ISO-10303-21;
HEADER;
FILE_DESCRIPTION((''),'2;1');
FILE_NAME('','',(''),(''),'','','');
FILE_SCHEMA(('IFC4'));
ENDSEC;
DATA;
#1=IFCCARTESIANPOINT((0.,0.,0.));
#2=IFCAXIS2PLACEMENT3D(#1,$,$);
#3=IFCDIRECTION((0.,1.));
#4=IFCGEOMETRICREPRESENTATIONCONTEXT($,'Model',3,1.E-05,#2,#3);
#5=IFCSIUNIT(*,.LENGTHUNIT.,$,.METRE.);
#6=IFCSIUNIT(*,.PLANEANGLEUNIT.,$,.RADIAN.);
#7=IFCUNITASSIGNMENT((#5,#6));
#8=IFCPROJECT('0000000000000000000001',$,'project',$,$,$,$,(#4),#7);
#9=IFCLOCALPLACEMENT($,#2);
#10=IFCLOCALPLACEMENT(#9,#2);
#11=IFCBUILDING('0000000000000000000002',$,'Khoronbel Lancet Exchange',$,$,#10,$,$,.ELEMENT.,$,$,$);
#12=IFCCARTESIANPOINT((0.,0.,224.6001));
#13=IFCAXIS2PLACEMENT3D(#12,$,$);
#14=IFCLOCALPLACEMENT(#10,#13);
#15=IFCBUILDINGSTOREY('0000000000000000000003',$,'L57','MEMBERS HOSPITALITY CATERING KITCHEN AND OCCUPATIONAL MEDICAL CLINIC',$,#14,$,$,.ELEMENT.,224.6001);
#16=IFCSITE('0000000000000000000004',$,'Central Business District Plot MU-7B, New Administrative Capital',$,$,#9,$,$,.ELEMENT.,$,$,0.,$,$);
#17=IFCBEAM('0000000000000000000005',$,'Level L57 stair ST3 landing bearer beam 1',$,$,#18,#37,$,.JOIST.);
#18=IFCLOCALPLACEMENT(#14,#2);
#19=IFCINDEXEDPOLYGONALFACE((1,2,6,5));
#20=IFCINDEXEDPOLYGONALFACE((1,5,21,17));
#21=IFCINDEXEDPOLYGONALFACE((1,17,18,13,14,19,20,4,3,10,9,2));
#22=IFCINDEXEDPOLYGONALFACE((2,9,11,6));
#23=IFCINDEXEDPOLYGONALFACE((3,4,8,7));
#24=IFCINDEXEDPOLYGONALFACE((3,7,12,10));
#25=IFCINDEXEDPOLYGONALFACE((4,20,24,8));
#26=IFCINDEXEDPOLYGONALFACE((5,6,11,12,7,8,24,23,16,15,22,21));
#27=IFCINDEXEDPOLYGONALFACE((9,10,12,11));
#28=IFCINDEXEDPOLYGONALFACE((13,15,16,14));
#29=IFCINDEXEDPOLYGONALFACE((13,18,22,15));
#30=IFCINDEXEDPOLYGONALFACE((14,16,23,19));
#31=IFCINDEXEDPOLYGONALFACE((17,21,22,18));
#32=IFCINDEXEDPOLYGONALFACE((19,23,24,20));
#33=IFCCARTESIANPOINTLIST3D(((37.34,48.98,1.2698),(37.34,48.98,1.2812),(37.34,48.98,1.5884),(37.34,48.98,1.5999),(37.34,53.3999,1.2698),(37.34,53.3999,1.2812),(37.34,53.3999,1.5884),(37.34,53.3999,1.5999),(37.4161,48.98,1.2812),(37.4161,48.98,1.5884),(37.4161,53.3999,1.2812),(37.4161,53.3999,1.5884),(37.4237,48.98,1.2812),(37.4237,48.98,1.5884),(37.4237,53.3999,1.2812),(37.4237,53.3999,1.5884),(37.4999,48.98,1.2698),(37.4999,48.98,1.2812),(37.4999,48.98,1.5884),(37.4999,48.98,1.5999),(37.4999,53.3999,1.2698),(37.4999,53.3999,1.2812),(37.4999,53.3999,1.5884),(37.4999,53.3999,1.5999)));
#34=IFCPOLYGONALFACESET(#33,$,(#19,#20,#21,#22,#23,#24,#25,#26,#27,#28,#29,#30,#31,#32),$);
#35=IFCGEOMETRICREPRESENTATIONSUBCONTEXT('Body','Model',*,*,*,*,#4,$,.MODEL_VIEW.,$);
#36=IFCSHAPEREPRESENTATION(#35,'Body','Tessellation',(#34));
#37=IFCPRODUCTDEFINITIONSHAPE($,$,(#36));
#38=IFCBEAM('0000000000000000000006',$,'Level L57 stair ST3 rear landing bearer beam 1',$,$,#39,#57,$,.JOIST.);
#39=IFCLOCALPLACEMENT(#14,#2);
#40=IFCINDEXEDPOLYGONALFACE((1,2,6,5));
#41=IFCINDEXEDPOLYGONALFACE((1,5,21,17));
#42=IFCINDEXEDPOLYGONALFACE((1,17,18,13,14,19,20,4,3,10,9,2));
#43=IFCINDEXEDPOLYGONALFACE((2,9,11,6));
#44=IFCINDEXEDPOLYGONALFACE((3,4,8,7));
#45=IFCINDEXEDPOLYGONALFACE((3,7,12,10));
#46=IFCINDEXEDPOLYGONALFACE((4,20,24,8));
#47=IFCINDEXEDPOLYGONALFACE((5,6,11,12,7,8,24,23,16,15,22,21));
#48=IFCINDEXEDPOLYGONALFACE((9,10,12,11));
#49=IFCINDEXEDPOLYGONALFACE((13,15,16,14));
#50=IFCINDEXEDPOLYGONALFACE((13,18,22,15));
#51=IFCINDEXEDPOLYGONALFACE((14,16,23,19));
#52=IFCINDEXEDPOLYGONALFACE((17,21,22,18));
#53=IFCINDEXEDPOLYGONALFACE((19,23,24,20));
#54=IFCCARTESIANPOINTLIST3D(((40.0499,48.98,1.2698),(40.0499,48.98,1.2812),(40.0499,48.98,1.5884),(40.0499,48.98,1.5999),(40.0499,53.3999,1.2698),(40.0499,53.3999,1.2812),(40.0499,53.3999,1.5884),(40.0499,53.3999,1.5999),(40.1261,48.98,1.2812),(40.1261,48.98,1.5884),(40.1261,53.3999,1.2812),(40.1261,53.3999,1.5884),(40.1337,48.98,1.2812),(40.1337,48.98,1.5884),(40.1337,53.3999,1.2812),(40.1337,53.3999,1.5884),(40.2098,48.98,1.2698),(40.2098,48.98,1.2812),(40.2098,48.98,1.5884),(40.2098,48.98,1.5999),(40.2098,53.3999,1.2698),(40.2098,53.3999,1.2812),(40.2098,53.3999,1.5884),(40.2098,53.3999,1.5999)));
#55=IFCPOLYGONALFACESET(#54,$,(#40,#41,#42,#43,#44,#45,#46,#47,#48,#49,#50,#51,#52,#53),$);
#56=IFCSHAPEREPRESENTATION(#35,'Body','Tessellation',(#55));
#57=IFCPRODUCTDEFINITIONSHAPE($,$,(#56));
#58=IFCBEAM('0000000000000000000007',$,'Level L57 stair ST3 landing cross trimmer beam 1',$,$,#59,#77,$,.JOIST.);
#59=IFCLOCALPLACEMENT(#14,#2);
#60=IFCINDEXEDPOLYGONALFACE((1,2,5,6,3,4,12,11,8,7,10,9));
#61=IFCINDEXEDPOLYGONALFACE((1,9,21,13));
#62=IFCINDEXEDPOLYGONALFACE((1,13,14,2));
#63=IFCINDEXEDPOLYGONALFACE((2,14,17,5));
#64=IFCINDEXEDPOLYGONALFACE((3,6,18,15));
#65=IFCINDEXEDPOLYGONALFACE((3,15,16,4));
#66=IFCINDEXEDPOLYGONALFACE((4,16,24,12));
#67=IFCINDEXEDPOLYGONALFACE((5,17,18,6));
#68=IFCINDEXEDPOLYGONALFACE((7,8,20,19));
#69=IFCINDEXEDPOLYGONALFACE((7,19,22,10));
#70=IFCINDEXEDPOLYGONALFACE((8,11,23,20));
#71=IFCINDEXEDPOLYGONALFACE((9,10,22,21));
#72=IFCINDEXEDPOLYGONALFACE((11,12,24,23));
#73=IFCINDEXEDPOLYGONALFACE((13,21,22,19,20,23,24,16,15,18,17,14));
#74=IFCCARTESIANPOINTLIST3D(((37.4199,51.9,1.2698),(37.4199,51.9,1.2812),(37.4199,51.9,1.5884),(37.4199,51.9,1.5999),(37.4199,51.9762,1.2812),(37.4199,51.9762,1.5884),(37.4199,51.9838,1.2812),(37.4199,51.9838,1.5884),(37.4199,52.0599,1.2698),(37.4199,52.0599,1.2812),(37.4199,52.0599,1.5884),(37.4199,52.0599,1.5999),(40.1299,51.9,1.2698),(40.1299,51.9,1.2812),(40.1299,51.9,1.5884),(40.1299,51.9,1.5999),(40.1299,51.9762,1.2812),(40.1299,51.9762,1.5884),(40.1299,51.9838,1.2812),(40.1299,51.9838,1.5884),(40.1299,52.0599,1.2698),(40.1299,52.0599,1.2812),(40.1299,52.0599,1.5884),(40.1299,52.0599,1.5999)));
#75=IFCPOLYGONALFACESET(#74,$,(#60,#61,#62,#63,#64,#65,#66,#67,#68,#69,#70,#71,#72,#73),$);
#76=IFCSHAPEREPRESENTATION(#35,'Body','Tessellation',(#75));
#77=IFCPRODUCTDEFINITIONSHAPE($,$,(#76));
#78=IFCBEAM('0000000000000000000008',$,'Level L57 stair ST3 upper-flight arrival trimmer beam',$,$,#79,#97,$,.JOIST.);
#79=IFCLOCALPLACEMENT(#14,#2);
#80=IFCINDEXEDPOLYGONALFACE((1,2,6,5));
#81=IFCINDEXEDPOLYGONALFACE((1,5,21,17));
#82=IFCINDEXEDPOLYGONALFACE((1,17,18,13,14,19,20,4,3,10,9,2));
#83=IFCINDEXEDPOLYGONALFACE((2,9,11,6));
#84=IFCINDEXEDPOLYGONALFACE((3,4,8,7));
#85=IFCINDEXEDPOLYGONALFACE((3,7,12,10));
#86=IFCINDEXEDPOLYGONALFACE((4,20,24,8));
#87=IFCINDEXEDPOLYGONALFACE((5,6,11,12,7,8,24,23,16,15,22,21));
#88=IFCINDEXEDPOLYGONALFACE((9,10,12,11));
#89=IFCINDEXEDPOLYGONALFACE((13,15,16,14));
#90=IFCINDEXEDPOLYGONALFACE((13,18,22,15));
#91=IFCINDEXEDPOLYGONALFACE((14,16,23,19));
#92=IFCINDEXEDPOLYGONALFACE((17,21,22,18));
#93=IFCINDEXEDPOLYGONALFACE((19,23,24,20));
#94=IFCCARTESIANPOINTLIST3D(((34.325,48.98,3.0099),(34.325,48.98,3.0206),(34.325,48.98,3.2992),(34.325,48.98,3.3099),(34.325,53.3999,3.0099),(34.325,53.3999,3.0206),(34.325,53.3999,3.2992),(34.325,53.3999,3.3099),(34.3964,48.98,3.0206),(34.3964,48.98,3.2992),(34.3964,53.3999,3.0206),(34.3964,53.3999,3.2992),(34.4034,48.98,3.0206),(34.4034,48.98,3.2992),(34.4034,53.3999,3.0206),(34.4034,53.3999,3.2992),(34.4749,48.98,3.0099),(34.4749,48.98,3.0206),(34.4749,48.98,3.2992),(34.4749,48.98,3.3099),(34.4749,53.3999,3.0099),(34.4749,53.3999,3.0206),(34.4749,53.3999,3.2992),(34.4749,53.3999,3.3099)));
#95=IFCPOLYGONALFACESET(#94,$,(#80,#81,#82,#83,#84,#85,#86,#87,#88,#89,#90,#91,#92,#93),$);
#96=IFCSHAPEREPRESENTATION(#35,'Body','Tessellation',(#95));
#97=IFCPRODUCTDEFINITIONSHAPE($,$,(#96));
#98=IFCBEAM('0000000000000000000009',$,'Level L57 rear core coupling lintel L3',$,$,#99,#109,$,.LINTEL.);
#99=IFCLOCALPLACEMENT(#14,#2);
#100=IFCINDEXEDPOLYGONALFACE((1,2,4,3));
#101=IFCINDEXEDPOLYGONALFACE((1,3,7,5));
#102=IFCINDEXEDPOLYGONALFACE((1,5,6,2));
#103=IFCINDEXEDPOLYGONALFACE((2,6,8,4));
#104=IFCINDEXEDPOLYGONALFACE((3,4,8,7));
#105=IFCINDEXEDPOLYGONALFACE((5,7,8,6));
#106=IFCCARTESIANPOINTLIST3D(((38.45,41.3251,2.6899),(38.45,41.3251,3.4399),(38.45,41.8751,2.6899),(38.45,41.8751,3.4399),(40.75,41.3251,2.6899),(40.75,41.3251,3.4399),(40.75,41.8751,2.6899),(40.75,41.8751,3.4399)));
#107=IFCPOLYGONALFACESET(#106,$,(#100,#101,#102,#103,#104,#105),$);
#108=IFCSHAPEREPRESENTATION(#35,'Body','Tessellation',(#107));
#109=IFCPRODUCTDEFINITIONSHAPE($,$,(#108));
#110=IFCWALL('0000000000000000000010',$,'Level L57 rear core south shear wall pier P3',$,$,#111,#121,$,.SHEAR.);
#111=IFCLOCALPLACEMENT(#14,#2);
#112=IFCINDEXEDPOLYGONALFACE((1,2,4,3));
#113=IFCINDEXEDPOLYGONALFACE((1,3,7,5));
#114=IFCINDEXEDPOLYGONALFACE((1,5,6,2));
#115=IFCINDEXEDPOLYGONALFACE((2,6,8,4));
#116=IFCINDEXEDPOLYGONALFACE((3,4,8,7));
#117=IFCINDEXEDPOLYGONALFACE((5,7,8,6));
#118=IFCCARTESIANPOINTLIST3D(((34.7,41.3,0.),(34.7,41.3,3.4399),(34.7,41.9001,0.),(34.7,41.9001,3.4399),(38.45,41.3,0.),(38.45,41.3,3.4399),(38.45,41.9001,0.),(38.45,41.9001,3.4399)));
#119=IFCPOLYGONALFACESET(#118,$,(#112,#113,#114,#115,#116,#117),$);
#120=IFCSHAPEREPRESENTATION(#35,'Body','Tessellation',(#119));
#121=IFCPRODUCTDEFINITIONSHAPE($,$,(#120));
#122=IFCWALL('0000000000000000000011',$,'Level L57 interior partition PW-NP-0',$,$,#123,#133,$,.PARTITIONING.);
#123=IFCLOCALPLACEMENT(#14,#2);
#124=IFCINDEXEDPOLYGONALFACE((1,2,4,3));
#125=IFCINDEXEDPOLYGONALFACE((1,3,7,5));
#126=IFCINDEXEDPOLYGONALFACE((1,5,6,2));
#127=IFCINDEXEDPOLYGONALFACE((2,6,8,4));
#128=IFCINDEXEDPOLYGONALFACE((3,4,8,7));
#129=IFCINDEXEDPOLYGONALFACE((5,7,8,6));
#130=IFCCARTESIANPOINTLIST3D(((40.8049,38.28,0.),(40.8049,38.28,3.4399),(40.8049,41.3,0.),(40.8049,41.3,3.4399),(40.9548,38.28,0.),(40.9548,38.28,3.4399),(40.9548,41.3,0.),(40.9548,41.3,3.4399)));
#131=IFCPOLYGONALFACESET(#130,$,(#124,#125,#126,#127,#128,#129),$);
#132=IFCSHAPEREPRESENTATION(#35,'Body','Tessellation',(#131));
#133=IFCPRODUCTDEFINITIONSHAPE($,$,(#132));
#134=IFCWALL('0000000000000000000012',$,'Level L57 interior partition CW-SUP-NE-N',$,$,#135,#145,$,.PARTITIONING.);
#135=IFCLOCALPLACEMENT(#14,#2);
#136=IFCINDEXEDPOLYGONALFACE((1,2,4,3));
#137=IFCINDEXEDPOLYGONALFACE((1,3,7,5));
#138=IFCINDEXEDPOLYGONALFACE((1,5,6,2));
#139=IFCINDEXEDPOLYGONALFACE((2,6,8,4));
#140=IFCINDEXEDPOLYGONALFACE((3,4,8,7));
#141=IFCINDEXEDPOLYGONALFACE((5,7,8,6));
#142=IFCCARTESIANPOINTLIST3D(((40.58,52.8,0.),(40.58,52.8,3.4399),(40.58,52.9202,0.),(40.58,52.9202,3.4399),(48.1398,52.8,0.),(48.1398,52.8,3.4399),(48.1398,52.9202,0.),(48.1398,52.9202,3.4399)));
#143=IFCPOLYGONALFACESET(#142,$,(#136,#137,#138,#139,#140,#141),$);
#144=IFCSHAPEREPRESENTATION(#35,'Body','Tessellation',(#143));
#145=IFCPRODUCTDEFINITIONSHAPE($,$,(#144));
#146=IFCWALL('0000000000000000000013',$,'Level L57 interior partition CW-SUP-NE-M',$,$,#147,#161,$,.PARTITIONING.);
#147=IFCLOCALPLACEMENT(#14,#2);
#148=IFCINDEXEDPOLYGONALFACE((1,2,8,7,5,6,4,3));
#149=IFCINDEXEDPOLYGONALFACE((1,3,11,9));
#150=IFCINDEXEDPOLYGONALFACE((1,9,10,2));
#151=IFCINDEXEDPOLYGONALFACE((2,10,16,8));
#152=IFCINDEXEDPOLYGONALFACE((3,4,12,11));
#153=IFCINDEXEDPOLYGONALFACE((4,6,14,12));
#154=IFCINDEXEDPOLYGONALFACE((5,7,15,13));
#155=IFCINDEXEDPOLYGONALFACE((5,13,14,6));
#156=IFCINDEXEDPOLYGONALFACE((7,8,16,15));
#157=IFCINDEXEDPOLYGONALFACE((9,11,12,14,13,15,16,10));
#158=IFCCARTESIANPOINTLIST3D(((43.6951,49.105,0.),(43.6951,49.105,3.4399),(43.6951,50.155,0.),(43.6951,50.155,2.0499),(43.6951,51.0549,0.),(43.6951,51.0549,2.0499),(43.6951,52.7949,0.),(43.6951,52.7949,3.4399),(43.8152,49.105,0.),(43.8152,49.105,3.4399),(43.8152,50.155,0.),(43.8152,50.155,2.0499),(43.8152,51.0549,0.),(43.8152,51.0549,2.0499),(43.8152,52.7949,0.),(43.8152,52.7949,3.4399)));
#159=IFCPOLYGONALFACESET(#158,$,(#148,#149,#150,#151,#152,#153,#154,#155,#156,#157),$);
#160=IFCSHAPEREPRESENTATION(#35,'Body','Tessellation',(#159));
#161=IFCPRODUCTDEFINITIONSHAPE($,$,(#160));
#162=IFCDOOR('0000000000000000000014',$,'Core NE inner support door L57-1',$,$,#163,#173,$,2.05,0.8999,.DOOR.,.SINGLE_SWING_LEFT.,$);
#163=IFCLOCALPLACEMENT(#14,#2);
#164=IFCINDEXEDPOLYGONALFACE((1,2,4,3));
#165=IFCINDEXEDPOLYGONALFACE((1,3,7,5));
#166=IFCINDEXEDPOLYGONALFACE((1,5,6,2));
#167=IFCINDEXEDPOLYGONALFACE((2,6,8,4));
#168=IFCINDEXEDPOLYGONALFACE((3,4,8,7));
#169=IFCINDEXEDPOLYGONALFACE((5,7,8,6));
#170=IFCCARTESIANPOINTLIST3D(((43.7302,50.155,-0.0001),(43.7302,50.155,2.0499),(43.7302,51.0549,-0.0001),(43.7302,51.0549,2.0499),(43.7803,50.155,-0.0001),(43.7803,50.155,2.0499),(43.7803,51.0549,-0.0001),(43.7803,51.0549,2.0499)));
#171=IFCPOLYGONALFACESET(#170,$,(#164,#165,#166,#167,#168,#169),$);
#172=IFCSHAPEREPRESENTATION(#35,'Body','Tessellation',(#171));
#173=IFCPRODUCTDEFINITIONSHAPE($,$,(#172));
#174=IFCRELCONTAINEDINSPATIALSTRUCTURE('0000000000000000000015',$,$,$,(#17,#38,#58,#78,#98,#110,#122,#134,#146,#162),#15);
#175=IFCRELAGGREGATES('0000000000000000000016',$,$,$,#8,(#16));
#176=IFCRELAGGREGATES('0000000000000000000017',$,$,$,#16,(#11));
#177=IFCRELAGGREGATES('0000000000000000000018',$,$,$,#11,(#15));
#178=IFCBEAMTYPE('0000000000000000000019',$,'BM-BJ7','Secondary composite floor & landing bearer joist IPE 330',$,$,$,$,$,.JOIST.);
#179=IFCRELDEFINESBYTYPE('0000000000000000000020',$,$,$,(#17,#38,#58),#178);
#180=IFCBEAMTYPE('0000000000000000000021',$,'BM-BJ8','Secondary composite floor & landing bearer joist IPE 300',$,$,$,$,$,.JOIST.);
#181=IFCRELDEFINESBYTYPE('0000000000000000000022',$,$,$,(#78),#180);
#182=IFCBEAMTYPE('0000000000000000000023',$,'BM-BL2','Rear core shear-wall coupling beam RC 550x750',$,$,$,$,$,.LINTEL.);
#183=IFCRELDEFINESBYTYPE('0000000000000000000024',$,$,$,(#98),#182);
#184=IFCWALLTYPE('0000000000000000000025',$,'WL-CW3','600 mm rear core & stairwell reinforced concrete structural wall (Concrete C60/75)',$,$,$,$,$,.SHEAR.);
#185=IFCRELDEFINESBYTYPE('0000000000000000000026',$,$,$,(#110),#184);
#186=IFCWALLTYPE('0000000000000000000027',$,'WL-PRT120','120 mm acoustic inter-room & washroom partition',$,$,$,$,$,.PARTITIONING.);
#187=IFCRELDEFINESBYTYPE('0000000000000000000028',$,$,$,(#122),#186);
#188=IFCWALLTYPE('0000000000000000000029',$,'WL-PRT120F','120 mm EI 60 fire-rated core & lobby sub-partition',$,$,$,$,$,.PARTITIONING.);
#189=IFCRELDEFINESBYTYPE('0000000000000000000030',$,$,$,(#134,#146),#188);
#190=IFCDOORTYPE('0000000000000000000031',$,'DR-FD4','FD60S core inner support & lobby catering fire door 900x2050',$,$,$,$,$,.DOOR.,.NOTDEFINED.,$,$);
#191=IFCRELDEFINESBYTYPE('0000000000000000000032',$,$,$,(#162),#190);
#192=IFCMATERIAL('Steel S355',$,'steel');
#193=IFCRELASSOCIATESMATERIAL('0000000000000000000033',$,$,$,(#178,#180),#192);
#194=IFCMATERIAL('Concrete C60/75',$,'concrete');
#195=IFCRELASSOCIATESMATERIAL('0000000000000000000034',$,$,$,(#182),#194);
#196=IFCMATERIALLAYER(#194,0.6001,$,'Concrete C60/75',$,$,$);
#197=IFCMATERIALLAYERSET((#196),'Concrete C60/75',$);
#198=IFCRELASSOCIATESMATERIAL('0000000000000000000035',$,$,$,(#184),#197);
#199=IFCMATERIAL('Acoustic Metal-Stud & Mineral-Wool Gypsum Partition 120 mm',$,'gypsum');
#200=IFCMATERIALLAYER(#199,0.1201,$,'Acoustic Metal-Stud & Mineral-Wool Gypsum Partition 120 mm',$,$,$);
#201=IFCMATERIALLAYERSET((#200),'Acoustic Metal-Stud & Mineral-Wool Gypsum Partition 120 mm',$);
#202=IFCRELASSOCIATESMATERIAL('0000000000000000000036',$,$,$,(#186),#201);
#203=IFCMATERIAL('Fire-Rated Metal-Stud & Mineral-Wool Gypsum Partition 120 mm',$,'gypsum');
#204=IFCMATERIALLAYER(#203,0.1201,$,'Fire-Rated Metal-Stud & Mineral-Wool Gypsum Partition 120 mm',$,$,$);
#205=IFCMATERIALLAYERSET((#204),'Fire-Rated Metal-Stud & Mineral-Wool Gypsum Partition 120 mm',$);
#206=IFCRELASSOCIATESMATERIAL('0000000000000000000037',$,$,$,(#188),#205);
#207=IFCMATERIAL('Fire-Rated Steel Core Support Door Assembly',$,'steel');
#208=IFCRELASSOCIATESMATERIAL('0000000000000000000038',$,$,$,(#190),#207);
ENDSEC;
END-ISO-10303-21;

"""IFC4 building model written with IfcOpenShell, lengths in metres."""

from ifc_helpers import new_model, si_unit, direction, frame, frame_2d, origin, origin_2d, place, context, subcontext, project, spatial, rectangle, i_section, extrude, material, layer, layer_set, material_profile, profile_set, type_object, element, fill, save


model = new_model("IFC4")

# Units and contexts
model_context = context("Model", 3, precision=1e-05, world=origin(), true_north=direction((0.0, 1.0)))
body_context = subcontext(model_context, "Body", "Model", "MODEL_VIEW")
ifc_project = project(units=[si_unit("LENGTHUNIT", "METRE"), si_unit("PLANEANGLEUNIT", "RADIAN")], contexts=[model_context])

# Site, building, storey
site_placement = place(None, origin())
site = spatial("IfcSite", under=ifc_project, at=site_placement, Name="Central Business District Plot MU-7B, New Administrative Capital", CompositionType="ELEMENT", RefElevation=0.0)
building_placement = place(site_placement, origin())
building = spatial("IfcBuilding", under=site, at=building_placement, Name="Khoronbel Lancet Exchange", CompositionType="ELEMENT")
storey_placement = place(building_placement, frame((0.0, 0.0, 224.6001)))
storey = spatial("IfcBuildingStorey", under=building, at=storey_placement, Name="L57", Description="MEMBERS HOSPITALITY CATERING KITCHEN AND OCCUPATIONAL MEDICAL CLINIC", CompositionType="ELEMENT", Elevation=224.6001)

# Beams
ifc_material_1 = material(Name="Steel S355", Category="steel")
ifc_material_profile_1 = material_profile(ifc_material_1, i_section(OverallWidth=0.1599, OverallDepth=0.3301, WebThickness=0.0076, FlangeThickness=0.0115, at=origin_2d()), Name="IPE 330")
ifc_profile_set_1 = profile_set([ifc_material_profile_1], Name="Steel S355")
beam_type_1 = type_object("IfcBeamType", Name="BM-BJ7", Description="Secondary composite floor & landing bearer joist IPE 330", PredefinedType="JOIST", material=ifc_profile_set_1)
for number, where, z_axis, x_axis, name in (
    (1, (37.4199, 48.98, 1.4348), (0.0, 1.0, 0.0), (-1.0, 0.0, 0.0), "Level L57 stair ST3 landing bearer beam 1"),
    (2, (40.1299, 48.98, 1.4348), (0.0, 1.0, 0.0), (-1.0, 0.0, 0.0), "Level L57 stair ST3 rear landing bearer beam 1"),
):
    element("IfcBeam", number, at=place(storey_placement, frame(where, z_axis=z_axis, x_axis=x_axis)), inside=storey, type_object=beam_type_1, Name=name, PredefinedType="JOIST", context=body_context, shape_type="SweptSolid", body=[
        extrude(i_section(OverallWidth=0.1599, OverallDepth=0.3301, WebThickness=0.0076, FlangeThickness=0.0115, at=origin_2d()), origin(), (0.0, 0.0, 1.0), 4.4199),
    ])
beam_1_placement = place(storey_placement, frame((37.4199, 51.98, 1.4348), z_axis=(1.0, 0.0, 0.0), x_axis=(0.0, 1.0, 0.0)))
element("IfcBeam", 3, at=beam_1_placement, inside=storey, type_object=beam_type_1, Name="Level L57 stair ST3 landing cross trimmer beam 1", PredefinedType="JOIST", context=body_context, shape_type="SweptSolid", body=[
    extrude(i_section(OverallWidth=0.1599, OverallDepth=0.3301, WebThickness=0.0076, FlangeThickness=0.0115, at=origin_2d()), origin(), (0.0, 0.0, 1.0), 2.71),
])
ifc_material_profile_2 = material_profile(ifc_material_1, i_section(OverallWidth=0.1499, OverallDepth=0.3, WebThickness=0.0071, FlangeThickness=0.0107, at=origin_2d()), Name="IPE 300")
ifc_profile_set_2 = profile_set([ifc_material_profile_2], Name="Steel S355")
beam_type_2 = type_object("IfcBeamType", Name="BM-BJ8", Description="Secondary composite floor & landing bearer joist IPE 300", PredefinedType="JOIST", material=ifc_profile_set_2)
beam_2_placement = place(storey_placement, frame((34.3999, 48.98, 3.1599), z_axis=(0.0, 1.0, 0.0), x_axis=(-1.0, 0.0, 0.0)))
element("IfcBeam", 4, at=beam_2_placement, inside=storey, type_object=beam_type_2, Name="Level L57 stair ST3 upper-flight arrival trimmer beam", PredefinedType="JOIST", context=body_context, shape_type="SweptSolid", body=[
    extrude(i_section(OverallWidth=0.1499, OverallDepth=0.3, WebThickness=0.0071, FlangeThickness=0.0107, at=origin_2d()), origin(), (0.0, 0.0, 1.0), 4.4199),
])
ifc_material_2 = material(Name="Concrete C60/75", Category="concrete")
ifc_material_profile_3 = material_profile(ifc_material_2, rectangle(XDim=0.55, YDim=0.75, at=origin_2d()), Name="RC 550x750")
ifc_profile_set_3 = profile_set([ifc_material_profile_3], Name="Concrete C60/75")
beam_type_3 = type_object("IfcBeamType", Name="BM-BL2", Description="Rear core shear-wall coupling beam RC 550x750", PredefinedType="LINTEL", material=ifc_profile_set_3)
beam_3_placement = place(storey_placement, frame((38.45, 41.6001, 3.0649), z_axis=(1.0, 0.0, 0.0), x_axis=(0.0, 1.0, 0.0)))
element("IfcBeam", 5, at=beam_3_placement, inside=storey, type_object=beam_type_3, Name="Level L57 rear core coupling lintel L3", PredefinedType="LINTEL", context=body_context, shape_type="SweptSolid", body=[
    extrude(rectangle(XDim=0.55, YDim=0.75, at=origin_2d()), origin(), (0.0, 0.0, 1.0), 2.3),
])

# Walls
ifc_layer_1 = layer(ifc_material_2, 0.6001, Name="Concrete C60/75")
ifc_layer_set_1 = layer_set([ifc_layer_1], Name="Concrete C60/75")
wall_type_1 = type_object("IfcWallType", Name="WL-CW3", Description="600 mm rear core & stairwell reinforced concrete structural wall (Concrete C60/75)", PredefinedType="SHEAR", material=ifc_layer_set_1)
wall_1_placement = place(storey_placement, frame((38.45, 41.6001, 0.0), z_axis=(0.0, 0.0, 1.0), x_axis=(-1.0, 0.0, 0.0)))
element("IfcWall", 6, at=wall_1_placement, inside=storey, type_object=wall_type_1, Name="Level L57 rear core south shear wall pier P3", PredefinedType="SHEAR", context=body_context, shape_type="SweptSolid", body=[
    extrude(rectangle(XDim=3.75, YDim=0.6001, at=frame_2d((1.875, 0.0))), origin(), (0.0, 0.0, 1.0), 3.4399),
])
ifc_material_3 = material(Name="Acoustic Metal-Stud & Mineral-Wool Gypsum Partition 120 mm", Category="gypsum")
ifc_layer_2 = layer(ifc_material_3, 0.1201, Name="Acoustic Metal-Stud & Mineral-Wool Gypsum Partition 120 mm")
ifc_layer_set_2 = layer_set([ifc_layer_2], Name="Acoustic Metal-Stud & Mineral-Wool Gypsum Partition 120 mm")
wall_type_2 = type_object("IfcWallType", Name="WL-PRT120", Description="120 mm acoustic inter-room & washroom partition", PredefinedType="PARTITIONING", material=ifc_layer_set_2)
wall_2_placement = place(storey_placement, frame((40.8799, 38.28, 0.0), z_axis=(0.0, 0.0, 1.0), x_axis=(0.0, 1.0, 0.0)))
element("IfcWall", 7, at=wall_2_placement, inside=storey, type_object=wall_type_2, Name="Level L57 interior partition PW-NP-0", PredefinedType="PARTITIONING", context=body_context, shape_type="SweptSolid", body=[
    extrude(rectangle(XDim=3.02, YDim=0.1499, at=frame_2d((1.51, 0.0))), origin(), (0.0, 0.0, 1.0), 3.4399),
])
ifc_material_4 = material(Name="Fire-Rated Metal-Stud & Mineral-Wool Gypsum Partition 120 mm", Category="gypsum")
ifc_layer_3 = layer(ifc_material_4, 0.1201, Name="Fire-Rated Metal-Stud & Mineral-Wool Gypsum Partition 120 mm")
ifc_layer_set_3 = layer_set([ifc_layer_3], Name="Fire-Rated Metal-Stud & Mineral-Wool Gypsum Partition 120 mm")
wall_type_3 = type_object("IfcWallType", Name="WL-PRT120F", Description="120 mm EI 60 fire-rated core & lobby sub-partition", PredefinedType="PARTITIONING", material=ifc_layer_set_3)
wall_3_placement = place(storey_placement, frame((40.5801, 52.8601, 0.0), z_axis=(0.0, 0.0, 1.0), x_axis=(1.0, 0.0, 0.0)))
element("IfcWall", 8, at=wall_3_placement, inside=storey, type_object=wall_type_3, Name="Level L57 interior partition CW-SUP-NE-N", PredefinedType="PARTITIONING", context=body_context, shape_type="SweptSolid", body=[
    extrude(rectangle(XDim=7.5598, YDim=0.1201, at=frame_2d((3.7798, 0.0))), origin(), (0.0, 0.0, 1.0), 3.4399),
])

# Wall, opening, door
wall_4_placement = place(storey_placement, frame((43.7551, 49.105, 0.0), z_axis=(0.0, 0.0, 1.0), x_axis=(0.0, 1.0, 0.0)))
wall_4 = element("IfcWall", 9, at=wall_4_placement, inside=storey, type_object=wall_type_3, Name="Level L57 interior partition CW-SUP-NE-M", PredefinedType="PARTITIONING", context=body_context, shape_type="SweptSolid", body=[
    extrude(rectangle(XDim=3.6899, YDim=0.1201, at=frame_2d((1.845, 0.0))), origin(), (0.0, 0.0, 1.0), 3.4399),
])
opening_1_placement = place(wall_4_placement, frame((1.05, 0.0, 0.0)))
opening_1 = element("IfcOpeningElement", 10, at=opening_1_placement, cuts=wall_4, PredefinedType="OPENING", context=body_context, shape_type="SweptSolid", body=[
    extrude(rectangle(XDim=0.8999, YDim=2.05, at=frame_2d((0.45, 1.0249))), frame((0.0, 0.0701, 0.0), z_axis=(0.0, -1.0, 0.0), x_axis=(1.0, 0.0, 0.0)), (0.0, 0.0, 1.0), 0.1401),
])
ifc_material_5 = material(Name="Fire-Rated Steel Core Support Door Assembly", Category="steel")
door_type_1 = type_object("IfcDoorType", Name="DR-FD4", Description="FD60S core inner support & lobby catering fire door 900x2050", OperationType="NOTDEFINED", PredefinedType="DOOR", material=ifc_material_5)
door_1_placement = place(opening_1_placement, origin())
door_1 = element("IfcDoor", 11, at=door_1_placement, inside=storey, type_object=door_type_1, Name="Core NE inner support door L57-1", OperationType="SINGLE_SWING_LEFT", OverallHeight=2.05, OverallWidth=0.8999, PredefinedType="DOOR", context=body_context, shape_type="SweptSolid", body=[
    extrude(rectangle(XDim=0.8999, YDim=2.05, at=frame_2d((0.45, 1.0249))), frame((0.0, 0.0249, 0.0), z_axis=(0.0, -1.0, 0.0), x_axis=(1.0, 0.0, 0.0)), (0.0, 0.0, 1.0), 0.05),
])
fill(opening_1, door_1)

save(model, "model.ifc")
